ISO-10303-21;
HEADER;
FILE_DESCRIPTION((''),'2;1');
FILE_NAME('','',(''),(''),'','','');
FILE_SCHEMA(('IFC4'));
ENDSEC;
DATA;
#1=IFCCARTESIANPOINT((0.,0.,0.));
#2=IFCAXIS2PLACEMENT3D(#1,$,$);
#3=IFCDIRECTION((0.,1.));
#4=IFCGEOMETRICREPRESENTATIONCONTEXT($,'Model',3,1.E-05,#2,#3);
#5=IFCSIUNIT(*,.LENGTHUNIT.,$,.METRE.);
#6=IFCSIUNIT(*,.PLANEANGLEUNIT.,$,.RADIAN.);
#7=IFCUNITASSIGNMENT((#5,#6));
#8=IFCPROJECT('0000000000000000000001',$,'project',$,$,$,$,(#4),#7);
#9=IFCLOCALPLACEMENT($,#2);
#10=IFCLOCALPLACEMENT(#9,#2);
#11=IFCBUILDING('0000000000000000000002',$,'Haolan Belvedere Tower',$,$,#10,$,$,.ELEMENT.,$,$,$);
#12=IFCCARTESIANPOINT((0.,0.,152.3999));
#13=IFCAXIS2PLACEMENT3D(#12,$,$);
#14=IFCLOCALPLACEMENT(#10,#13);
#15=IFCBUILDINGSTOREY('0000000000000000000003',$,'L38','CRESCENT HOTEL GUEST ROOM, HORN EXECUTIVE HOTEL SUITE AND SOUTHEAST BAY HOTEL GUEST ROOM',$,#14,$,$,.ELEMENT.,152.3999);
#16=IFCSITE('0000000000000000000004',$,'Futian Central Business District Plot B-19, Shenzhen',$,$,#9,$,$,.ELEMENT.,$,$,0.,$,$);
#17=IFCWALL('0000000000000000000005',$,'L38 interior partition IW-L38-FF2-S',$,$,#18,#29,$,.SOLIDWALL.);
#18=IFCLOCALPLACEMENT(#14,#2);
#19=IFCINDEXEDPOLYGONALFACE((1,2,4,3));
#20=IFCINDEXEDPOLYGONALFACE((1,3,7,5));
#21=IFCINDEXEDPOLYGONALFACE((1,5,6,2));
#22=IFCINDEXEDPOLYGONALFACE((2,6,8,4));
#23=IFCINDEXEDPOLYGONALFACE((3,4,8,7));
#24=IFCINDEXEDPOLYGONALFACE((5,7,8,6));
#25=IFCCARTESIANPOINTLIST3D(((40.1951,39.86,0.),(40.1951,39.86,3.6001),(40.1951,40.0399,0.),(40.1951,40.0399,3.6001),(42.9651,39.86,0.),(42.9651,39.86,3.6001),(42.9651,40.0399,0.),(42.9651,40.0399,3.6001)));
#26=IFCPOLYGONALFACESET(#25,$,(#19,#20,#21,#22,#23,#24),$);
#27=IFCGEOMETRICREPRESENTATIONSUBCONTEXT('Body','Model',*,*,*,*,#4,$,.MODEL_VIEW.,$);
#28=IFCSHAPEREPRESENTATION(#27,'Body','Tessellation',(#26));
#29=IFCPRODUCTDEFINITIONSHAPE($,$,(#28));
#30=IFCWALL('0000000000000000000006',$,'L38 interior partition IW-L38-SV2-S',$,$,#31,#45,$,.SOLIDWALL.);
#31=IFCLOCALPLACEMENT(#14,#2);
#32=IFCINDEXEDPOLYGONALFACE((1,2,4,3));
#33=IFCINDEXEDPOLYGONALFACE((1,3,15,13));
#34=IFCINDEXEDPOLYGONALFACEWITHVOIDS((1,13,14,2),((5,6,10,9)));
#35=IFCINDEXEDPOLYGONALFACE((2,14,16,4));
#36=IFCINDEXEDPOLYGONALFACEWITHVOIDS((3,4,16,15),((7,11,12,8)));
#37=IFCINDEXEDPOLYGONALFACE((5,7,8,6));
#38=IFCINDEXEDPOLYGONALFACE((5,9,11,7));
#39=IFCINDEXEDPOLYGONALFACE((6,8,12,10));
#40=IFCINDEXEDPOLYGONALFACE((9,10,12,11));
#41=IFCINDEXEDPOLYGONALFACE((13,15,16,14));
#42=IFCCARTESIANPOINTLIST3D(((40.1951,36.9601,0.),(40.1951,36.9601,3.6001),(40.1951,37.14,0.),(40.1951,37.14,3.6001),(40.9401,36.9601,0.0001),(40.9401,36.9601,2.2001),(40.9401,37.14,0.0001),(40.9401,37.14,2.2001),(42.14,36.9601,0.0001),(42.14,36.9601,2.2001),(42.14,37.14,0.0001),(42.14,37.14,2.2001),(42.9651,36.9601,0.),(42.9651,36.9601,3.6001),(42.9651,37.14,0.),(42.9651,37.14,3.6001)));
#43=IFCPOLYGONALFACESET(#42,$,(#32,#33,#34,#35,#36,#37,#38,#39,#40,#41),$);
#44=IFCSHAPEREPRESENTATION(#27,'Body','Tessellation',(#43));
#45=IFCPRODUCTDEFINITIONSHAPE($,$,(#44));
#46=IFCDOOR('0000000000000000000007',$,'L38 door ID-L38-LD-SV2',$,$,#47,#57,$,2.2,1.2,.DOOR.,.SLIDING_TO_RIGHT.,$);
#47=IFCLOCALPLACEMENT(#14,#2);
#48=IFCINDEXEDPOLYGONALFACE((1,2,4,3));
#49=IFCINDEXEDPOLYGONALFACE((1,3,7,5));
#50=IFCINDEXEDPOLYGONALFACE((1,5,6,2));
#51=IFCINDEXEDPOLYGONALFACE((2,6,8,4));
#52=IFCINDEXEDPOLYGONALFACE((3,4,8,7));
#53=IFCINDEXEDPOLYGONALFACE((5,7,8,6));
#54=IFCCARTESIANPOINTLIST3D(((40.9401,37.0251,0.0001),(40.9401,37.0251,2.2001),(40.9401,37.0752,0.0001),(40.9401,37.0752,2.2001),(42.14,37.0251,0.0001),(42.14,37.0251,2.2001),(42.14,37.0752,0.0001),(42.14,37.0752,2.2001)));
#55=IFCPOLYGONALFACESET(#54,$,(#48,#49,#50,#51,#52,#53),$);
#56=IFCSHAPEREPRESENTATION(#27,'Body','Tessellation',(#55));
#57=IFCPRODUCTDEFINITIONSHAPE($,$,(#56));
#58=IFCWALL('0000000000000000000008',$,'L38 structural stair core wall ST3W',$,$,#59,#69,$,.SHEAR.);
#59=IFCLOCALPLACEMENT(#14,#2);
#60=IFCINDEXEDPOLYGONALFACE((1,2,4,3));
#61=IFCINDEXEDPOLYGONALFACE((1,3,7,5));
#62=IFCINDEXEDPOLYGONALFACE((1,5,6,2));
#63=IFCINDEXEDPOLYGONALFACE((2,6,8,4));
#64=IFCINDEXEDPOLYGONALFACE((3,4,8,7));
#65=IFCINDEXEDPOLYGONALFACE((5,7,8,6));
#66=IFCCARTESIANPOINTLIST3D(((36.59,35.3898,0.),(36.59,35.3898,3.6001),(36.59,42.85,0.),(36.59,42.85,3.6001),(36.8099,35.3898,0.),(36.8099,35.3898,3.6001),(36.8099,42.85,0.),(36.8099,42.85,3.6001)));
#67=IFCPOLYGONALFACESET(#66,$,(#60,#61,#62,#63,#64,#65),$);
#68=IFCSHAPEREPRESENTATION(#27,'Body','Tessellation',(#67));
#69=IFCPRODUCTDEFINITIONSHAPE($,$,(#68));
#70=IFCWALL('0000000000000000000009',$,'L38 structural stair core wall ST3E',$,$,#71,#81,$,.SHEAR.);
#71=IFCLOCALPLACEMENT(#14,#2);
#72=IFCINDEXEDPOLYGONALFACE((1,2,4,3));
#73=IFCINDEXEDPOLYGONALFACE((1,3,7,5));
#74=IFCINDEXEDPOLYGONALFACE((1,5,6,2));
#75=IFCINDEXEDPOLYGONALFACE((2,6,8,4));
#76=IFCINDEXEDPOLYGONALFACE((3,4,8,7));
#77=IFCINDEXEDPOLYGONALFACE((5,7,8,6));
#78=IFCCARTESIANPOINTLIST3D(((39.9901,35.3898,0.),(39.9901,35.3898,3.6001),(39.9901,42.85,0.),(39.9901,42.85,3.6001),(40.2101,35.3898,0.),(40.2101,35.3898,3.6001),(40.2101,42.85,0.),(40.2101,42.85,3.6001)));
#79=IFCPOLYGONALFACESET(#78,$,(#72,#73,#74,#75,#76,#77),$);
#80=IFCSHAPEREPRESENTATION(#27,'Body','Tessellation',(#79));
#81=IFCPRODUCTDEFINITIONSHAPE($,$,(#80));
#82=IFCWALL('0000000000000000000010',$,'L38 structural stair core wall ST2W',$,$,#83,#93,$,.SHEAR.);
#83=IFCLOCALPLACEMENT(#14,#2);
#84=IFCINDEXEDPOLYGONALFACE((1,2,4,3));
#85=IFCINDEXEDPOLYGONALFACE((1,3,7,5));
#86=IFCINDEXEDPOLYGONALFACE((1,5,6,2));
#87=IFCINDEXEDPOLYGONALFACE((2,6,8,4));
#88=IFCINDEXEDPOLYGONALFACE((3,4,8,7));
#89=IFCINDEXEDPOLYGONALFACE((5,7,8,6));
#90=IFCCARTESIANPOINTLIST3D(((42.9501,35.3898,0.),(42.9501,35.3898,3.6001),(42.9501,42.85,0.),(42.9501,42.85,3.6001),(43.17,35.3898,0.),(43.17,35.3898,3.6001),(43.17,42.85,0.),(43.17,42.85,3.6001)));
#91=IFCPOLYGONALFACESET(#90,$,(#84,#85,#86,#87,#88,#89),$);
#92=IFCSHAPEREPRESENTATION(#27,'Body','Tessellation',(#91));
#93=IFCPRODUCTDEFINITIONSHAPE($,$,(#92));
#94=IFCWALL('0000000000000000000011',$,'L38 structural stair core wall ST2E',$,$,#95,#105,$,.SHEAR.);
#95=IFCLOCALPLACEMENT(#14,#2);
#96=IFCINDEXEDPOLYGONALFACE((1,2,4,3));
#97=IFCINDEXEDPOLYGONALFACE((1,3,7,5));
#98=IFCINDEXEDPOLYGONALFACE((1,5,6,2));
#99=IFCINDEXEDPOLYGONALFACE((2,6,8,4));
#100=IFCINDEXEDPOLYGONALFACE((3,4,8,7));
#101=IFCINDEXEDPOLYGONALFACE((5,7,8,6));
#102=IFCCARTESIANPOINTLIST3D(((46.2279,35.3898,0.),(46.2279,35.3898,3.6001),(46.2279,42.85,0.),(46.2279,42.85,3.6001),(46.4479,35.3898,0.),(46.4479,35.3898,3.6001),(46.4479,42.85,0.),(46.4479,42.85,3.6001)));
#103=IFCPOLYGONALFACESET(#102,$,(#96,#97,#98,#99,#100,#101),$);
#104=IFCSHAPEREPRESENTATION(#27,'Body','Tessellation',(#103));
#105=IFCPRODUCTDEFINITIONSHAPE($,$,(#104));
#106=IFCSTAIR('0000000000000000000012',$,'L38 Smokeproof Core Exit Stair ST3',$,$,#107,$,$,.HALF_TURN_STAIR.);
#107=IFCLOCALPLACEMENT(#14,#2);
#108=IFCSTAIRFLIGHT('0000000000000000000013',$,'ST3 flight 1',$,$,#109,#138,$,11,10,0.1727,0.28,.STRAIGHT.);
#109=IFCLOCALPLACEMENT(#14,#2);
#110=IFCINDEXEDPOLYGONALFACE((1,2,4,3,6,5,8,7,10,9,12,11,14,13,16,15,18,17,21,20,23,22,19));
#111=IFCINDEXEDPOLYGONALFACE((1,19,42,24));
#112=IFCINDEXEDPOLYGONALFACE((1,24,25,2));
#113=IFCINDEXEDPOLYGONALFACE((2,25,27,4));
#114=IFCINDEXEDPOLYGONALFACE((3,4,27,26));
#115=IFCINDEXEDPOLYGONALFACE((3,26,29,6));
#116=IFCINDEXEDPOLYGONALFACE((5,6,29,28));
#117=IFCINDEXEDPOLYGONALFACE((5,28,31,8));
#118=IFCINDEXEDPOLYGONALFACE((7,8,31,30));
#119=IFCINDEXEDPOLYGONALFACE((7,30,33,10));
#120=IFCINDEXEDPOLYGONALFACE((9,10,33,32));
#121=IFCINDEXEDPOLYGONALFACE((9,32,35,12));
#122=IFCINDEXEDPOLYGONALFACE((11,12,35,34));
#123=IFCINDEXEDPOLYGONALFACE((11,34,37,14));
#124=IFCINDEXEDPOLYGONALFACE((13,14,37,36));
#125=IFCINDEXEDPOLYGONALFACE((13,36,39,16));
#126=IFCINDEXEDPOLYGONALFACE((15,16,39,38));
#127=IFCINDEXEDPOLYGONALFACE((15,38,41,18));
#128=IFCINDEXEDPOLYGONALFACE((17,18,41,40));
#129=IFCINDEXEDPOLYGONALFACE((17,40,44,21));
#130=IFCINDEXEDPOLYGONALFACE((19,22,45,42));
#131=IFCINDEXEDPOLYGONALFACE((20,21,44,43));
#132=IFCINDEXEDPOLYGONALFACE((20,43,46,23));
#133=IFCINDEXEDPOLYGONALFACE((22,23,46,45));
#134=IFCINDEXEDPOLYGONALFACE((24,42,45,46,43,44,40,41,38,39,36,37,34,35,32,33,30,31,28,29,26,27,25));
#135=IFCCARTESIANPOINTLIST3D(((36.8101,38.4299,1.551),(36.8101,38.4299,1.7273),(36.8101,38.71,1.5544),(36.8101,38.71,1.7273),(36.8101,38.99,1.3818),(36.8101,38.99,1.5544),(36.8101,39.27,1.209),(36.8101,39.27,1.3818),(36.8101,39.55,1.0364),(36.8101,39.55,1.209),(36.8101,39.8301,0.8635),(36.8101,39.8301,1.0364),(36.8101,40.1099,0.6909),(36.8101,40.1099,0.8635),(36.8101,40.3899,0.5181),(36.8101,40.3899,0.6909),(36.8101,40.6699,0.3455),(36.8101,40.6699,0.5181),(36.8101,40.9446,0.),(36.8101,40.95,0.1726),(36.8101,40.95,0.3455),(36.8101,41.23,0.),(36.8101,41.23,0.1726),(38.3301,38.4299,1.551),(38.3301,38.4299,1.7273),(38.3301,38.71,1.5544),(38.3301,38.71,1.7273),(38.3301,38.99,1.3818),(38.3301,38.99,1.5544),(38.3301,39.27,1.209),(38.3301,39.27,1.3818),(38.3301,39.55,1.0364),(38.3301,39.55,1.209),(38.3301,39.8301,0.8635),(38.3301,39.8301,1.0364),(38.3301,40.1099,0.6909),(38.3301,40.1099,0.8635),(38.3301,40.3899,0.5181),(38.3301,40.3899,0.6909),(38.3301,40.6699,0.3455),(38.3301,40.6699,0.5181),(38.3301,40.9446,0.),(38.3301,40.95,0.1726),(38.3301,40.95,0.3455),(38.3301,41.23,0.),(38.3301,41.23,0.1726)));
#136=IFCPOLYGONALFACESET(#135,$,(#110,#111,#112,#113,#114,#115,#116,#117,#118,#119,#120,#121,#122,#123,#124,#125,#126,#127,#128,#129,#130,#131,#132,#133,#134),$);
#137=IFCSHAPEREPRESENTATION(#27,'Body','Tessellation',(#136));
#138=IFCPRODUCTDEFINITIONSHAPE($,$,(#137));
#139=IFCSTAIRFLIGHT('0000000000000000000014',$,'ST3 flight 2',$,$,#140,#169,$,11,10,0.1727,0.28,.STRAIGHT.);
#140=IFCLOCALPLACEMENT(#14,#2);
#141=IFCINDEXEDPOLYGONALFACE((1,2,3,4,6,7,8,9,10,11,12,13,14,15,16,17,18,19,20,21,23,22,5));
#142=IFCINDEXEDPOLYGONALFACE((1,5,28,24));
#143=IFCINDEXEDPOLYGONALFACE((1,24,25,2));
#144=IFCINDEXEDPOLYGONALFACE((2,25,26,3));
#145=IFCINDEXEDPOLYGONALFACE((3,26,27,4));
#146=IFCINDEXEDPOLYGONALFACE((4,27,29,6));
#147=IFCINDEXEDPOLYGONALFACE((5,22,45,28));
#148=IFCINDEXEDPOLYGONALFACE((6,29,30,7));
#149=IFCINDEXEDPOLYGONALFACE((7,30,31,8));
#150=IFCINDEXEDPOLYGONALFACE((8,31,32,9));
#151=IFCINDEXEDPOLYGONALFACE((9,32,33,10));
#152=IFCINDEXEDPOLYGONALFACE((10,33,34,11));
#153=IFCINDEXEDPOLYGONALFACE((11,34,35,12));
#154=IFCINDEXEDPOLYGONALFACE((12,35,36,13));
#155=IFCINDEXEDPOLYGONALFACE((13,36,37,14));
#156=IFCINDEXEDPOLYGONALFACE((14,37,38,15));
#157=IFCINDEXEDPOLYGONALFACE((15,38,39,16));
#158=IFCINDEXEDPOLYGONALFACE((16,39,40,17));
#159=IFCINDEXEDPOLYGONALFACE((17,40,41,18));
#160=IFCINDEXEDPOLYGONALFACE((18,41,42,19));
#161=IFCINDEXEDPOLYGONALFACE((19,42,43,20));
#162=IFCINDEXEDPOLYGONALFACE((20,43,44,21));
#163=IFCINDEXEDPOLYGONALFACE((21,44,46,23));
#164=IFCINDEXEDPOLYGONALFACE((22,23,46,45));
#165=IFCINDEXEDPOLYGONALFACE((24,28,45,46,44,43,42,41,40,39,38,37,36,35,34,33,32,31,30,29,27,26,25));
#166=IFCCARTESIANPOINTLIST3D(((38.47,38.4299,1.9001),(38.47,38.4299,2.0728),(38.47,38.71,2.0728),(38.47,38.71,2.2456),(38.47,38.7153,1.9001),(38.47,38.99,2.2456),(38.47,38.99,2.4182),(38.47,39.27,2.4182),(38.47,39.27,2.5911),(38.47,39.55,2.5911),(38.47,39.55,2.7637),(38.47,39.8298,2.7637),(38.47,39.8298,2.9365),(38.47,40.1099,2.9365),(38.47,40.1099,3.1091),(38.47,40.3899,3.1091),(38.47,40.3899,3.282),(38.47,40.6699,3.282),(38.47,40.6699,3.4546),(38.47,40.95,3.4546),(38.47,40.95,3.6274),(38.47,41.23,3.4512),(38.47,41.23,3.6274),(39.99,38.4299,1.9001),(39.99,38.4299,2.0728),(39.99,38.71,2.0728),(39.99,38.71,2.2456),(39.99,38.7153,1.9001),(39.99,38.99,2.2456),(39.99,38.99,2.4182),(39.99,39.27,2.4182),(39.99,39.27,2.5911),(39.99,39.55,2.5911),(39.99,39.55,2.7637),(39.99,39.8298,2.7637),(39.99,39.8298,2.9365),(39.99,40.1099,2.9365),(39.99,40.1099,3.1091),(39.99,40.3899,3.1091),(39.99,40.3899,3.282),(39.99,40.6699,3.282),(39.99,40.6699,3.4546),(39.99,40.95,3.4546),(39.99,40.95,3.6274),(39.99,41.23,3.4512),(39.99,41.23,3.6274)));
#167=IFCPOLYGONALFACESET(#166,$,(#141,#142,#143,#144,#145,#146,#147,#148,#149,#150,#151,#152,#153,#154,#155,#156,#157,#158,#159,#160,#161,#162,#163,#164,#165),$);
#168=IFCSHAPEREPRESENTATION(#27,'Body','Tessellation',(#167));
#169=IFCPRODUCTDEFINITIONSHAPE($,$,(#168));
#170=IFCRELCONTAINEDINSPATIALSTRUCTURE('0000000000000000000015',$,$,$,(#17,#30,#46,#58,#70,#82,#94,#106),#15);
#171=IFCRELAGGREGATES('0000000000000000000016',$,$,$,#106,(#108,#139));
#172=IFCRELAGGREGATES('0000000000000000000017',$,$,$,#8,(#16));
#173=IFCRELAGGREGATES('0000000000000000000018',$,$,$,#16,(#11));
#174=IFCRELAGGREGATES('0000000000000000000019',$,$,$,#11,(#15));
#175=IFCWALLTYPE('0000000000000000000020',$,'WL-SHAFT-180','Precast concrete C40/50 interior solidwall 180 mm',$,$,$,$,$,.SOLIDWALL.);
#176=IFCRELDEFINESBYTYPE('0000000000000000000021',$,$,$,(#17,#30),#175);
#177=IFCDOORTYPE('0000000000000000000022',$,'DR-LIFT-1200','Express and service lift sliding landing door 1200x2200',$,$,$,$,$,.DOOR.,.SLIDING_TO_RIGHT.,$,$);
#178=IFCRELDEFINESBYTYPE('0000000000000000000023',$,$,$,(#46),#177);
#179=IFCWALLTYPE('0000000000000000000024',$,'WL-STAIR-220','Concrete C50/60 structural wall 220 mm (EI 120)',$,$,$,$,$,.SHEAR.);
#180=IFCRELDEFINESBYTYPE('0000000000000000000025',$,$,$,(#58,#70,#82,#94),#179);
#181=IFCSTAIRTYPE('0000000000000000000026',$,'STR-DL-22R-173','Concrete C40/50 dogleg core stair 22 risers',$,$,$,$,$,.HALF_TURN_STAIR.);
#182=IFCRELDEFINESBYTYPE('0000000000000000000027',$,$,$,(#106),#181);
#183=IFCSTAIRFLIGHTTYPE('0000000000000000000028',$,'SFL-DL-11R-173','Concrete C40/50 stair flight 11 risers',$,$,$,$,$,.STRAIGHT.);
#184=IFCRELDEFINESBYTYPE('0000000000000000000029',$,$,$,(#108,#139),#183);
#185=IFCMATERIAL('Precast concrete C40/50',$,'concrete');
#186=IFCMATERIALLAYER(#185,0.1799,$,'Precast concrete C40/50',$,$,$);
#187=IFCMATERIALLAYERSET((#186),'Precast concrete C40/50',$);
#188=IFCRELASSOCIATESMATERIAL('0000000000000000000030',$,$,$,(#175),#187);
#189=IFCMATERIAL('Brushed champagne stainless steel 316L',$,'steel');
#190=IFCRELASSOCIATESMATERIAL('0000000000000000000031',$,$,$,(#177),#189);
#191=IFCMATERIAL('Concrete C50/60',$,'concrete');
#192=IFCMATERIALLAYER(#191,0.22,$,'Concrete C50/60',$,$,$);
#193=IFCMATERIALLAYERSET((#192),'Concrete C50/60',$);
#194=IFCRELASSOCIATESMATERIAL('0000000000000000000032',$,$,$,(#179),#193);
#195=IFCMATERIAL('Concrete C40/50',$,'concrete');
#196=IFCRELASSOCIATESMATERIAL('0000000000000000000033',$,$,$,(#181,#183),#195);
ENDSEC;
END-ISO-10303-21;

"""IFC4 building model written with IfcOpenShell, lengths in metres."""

from ifc_helpers import new_model, si_unit, direction, frame, frame_2d, origin, place, context, subcontext, project, spatial, polyline, rectangle, outline, extrude, material, layer, layer_set, type_object, element, fill, aggregate, save


model = new_model("IFC4")

# Units and contexts
model_context = context("Model", 3, precision=1e-05, world=origin(), true_north=direction((0.0, 1.0)))
body_context = subcontext(model_context, "Body", "Model", "MODEL_VIEW")
ifc_project = project(units=[si_unit("LENGTHUNIT", "METRE"), si_unit("PLANEANGLEUNIT", "RADIAN")], contexts=[model_context])

# Site, building, storey
site_placement = place(None, origin())
site = spatial("IfcSite", under=ifc_project, at=site_placement, Name="Futian Central Business District Plot B-19, Shenzhen", CompositionType="ELEMENT", RefElevation=0.0)
building_placement = place(site_placement, origin())
building = spatial("IfcBuilding", under=site, at=building_placement, Name="Haolan Belvedere Tower", CompositionType="ELEMENT")
storey_placement = place(building_placement, frame((0.0, 0.0, 152.3999)))
storey = spatial("IfcBuildingStorey", under=building, at=storey_placement, Name="L38", Description="CRESCENT HOTEL GUEST ROOM, HORN EXECUTIVE HOTEL SUITE AND SOUTHEAST BAY HOTEL GUEST ROOM", CompositionType="ELEMENT", Elevation=152.3999)

# Wall
ifc_material_1 = material(Name="Precast concrete C40/50", Category="concrete")
ifc_layer_1 = layer(ifc_material_1, 0.1799, Name="Precast concrete C40/50")
ifc_layer_set_1 = layer_set([ifc_layer_1], Name="Precast concrete C40/50")
wall_type_1 = type_object("IfcWallType", Name="WL-SHAFT-180", Description="Precast concrete C40/50 interior solidwall 180 mm", PredefinedType="SOLIDWALL", material=ifc_layer_set_1)
wall_1_placement = place(storey_placement, frame((40.1951, 39.95, 0.0), z_axis=(0.0, 0.0, 1.0), x_axis=(1.0, 0.0, 0.0)))
element("IfcWall", 1, at=wall_1_placement, inside=storey, type_object=wall_type_1, Name="L38 interior partition IW-L38-FF2-S", PredefinedType="SOLIDWALL", context=body_context, shape_type="SweptSolid", body=[
    extrude(rectangle(XDim=2.77, YDim=0.1799, at=frame_2d((1.385, 0.0))), origin(), (0.0, 0.0, 1.0), 3.6001),
])

# Wall, opening, door
wall_2_placement = place(storey_placement, frame((40.1951, 37.05, 0.0), z_axis=(0.0, 0.0, 1.0), x_axis=(1.0, 0.0, 0.0)))
wall_2 = element("IfcWall", 2, at=wall_2_placement, inside=storey, type_object=wall_type_1, Name="L38 interior partition IW-L38-SV2-S", PredefinedType="SOLIDWALL", context=body_context, shape_type="SweptSolid", body=[
    extrude(rectangle(XDim=2.77, YDim=0.1799, at=frame_2d((1.385, 0.0))), origin(), (0.0, 0.0, 1.0), 3.6001),
])
opening_placement = place(wall_2_placement, frame((1.9451, 0.0, 0.0), z_axis=(0.0, 0.0, 1.0), x_axis=(-1.0, 0.0, 0.0)))
opening = element("IfcOpeningElement", 3, at=opening_placement, cuts=wall_2, PredefinedType="OPENING", context=body_context, shape_type="SweptSolid", body=[
    extrude(rectangle(XDim=1.2, YDim=2.2, at=frame_2d((0.6001, 1.1001))), frame((0.0, 0.0999, 0.0), z_axis=(0.0, -1.0, 0.0), x_axis=(1.0, 0.0, 0.0)), (0.0, 0.0, 1.0), 0.2),
])
ifc_material_2 = material(Name="Brushed champagne stainless steel 316L", Category="steel")
door_type = type_object("IfcDoorType", Name="DR-LIFT-1200", Description="Express and service lift sliding landing door 1200x2200", OperationType="SLIDING_TO_RIGHT", PredefinedType="DOOR", material=ifc_material_2)
door_placement = place(opening_placement, origin())
door = element("IfcDoor", 4, at=door_placement, inside=storey, type_object=door_type, Name="L38 door ID-L38-LD-SV2", OperationType="SLIDING_TO_RIGHT", OverallHeight=2.2, OverallWidth=1.2, PredefinedType="DOOR", context=body_context, shape_type="SweptSolid", body=[
    extrude(rectangle(XDim=1.2, YDim=2.2, at=frame_2d((0.6001, 1.1001))), frame((0.0, 0.0249, 0.0), z_axis=(0.0, -1.0, 0.0), x_axis=(1.0, 0.0, 0.0)), (0.0, 0.0, 1.0), 0.05),
])
fill(opening, door)

# Walls
ifc_material_3 = material(Name="Concrete C50/60", Category="concrete")
ifc_layer_2 = layer(ifc_material_3, 0.22, Name="Concrete C50/60")
ifc_layer_set_2 = layer_set([ifc_layer_2], Name="Concrete C50/60")
wall_type_2 = type_object("IfcWallType", Name="WL-STAIR-220", Description="Concrete C50/60 structural wall 220 mm (EI 120)", PredefinedType="SHEAR", material=ifc_layer_set_2)
for number, where, z_axis, x_axis, name in (
    (5, (36.7, 35.3899, 0.0), (0.0, 0.0, 1.0), (0.0, 1.0, 0.0), "L38 structural stair core wall ST3W"),
    (6, (40.1001, 35.3899, 0.0), (0.0, 0.0, 1.0), (0.0, 1.0, 0.0), "L38 structural stair core wall ST3E"),
    (7, (43.0601, 35.3899, 0.0), (0.0, 0.0, 1.0), (0.0, 1.0, 0.0), "L38 structural stair core wall ST2W"),
    (8, (46.3379, 35.3899, 0.0), (0.0, 0.0, 1.0), (0.0, 1.0, 0.0), "L38 structural stair core wall ST2E"),
):
    element("IfcWall", number, at=place(storey_placement, frame(where, z_axis=z_axis, x_axis=x_axis)), inside=storey, type_object=wall_type_2, Name=name, PredefinedType="SHEAR", context=body_context, shape_type="SweptSolid", body=[
        extrude(rectangle(XDim=7.4602, YDim=0.22, at=frame_2d((3.73, 0.0))), origin(), (0.0, 0.0, 1.0), 3.6001),
    ])

# Stair, stair flights
ifc_material_4 = material(Name="Concrete C40/50", Category="concrete")
stair_type = type_object("IfcStairType", Name="STR-DL-22R-173", Description="Concrete C40/50 dogleg core stair 22 risers", PredefinedType="HALF_TURN_STAIR", material=ifc_material_4)
stair_1_placement = place(storey_placement, origin())
stair_1 = element("IfcStair", 9, at=stair_1_placement, inside=storey, type_object=stair_type, Name="L38 Smokeproof Core Exit Stair ST3", PredefinedType="HALF_TURN_STAIR")
stair_flight_type = type_object("IfcStairFlightType", Name="SFL-DL-11R-173", Description="Concrete C40/50 stair flight 11 risers", PredefinedType="STRAIGHT", material=ifc_material_4)
stair_flight_1_placement = place(storey_placement, frame((37.5701, 41.23, 0.0), z_axis=(0.0, 0.0, 1.0), x_axis=(0.0, -1.0, 0.0)))
stair_flight_1 = element("IfcStairFlight", 10, at=stair_flight_1_placement, type_object=stair_flight_type, Name="ST3 flight 1", NumberOfRisers=11, NumberOfTreads=10, PredefinedType="STRAIGHT", RiserHeight=0.1727, TreadLength=0.28, context=body_context, shape_type="SweptSolid", body=[
    extrude(outline(polyline([(0.0, 0.0), (0.0, 0.1726), (0.28, 0.1726), (0.28, 0.3455), (0.5601, 0.3455), (0.5601, 0.5181), (0.8401, 0.5181), (0.8401, 0.6909), (1.1201, 0.6909), (1.1201, 0.8635), (1.3999, 0.8635), (1.3999, 1.0364), (1.6799, 1.0364), (1.6799, 1.209), (1.96, 1.209), (1.96, 1.3818), (2.24, 1.3818), (2.24, 1.5544), (2.52, 1.5544), (2.52, 1.7273), (2.8, 1.7273), (2.8, 1.8999), (2.8, 1.551), (0.2854, 0.0), (0.0, 0.0)])), frame((0.0, 0.76, 0.0), z_axis=(0.0, -1.0, 0.0), x_axis=(1.0, 0.0, 0.0)), (0.0, 0.0, 1.0), 1.52),
])
stair_flight_2_placement = place(storey_placement, frame((39.23, 38.4299, 1.9001), z_axis=(0.0, 0.0, 1.0), x_axis=(0.0, 1.0, 0.0)))
stair_flight_2 = element("IfcStairFlight", 11, at=stair_flight_2_placement, type_object=stair_flight_type, Name="ST3 flight 2", NumberOfRisers=11, NumberOfTreads=10, PredefinedType="STRAIGHT", RiserHeight=0.1727, TreadLength=0.28, context=body_context, shape_type="SweptSolid", body=[
    extrude(outline(polyline([(0.0, 0.0), (0.0, 0.1726), (0.28, 0.1726), (0.28, 0.3455), (0.5601, 0.3455), (0.5601, 0.5181), (0.8401, 0.5181), (0.8401, 0.6909), (1.1201, 0.6909), (1.1201, 0.8635), (1.3999, 0.8635), (1.3999, 1.0364), (1.6799, 1.0364), (1.6799, 1.209), (1.96, 1.209), (1.96, 1.3818), (2.24, 1.3818), (2.24, 1.5544), (2.52, 1.5544), (2.52, 1.7273), (2.8, 1.7273), (2.8, 1.8999), (2.8, 1.551), (0.2854, 0.0), (0.0, 0.0)])), frame((0.0, 0.76, 0.0), z_axis=(0.0, -1.0, 0.0), x_axis=(1.0, 0.0, 0.0)), (0.0, 0.0, 1.0), 1.52),
])
aggregate(stair_1, [stair_flight_1, stair_flight_2])

save(model, "model.ifc")
